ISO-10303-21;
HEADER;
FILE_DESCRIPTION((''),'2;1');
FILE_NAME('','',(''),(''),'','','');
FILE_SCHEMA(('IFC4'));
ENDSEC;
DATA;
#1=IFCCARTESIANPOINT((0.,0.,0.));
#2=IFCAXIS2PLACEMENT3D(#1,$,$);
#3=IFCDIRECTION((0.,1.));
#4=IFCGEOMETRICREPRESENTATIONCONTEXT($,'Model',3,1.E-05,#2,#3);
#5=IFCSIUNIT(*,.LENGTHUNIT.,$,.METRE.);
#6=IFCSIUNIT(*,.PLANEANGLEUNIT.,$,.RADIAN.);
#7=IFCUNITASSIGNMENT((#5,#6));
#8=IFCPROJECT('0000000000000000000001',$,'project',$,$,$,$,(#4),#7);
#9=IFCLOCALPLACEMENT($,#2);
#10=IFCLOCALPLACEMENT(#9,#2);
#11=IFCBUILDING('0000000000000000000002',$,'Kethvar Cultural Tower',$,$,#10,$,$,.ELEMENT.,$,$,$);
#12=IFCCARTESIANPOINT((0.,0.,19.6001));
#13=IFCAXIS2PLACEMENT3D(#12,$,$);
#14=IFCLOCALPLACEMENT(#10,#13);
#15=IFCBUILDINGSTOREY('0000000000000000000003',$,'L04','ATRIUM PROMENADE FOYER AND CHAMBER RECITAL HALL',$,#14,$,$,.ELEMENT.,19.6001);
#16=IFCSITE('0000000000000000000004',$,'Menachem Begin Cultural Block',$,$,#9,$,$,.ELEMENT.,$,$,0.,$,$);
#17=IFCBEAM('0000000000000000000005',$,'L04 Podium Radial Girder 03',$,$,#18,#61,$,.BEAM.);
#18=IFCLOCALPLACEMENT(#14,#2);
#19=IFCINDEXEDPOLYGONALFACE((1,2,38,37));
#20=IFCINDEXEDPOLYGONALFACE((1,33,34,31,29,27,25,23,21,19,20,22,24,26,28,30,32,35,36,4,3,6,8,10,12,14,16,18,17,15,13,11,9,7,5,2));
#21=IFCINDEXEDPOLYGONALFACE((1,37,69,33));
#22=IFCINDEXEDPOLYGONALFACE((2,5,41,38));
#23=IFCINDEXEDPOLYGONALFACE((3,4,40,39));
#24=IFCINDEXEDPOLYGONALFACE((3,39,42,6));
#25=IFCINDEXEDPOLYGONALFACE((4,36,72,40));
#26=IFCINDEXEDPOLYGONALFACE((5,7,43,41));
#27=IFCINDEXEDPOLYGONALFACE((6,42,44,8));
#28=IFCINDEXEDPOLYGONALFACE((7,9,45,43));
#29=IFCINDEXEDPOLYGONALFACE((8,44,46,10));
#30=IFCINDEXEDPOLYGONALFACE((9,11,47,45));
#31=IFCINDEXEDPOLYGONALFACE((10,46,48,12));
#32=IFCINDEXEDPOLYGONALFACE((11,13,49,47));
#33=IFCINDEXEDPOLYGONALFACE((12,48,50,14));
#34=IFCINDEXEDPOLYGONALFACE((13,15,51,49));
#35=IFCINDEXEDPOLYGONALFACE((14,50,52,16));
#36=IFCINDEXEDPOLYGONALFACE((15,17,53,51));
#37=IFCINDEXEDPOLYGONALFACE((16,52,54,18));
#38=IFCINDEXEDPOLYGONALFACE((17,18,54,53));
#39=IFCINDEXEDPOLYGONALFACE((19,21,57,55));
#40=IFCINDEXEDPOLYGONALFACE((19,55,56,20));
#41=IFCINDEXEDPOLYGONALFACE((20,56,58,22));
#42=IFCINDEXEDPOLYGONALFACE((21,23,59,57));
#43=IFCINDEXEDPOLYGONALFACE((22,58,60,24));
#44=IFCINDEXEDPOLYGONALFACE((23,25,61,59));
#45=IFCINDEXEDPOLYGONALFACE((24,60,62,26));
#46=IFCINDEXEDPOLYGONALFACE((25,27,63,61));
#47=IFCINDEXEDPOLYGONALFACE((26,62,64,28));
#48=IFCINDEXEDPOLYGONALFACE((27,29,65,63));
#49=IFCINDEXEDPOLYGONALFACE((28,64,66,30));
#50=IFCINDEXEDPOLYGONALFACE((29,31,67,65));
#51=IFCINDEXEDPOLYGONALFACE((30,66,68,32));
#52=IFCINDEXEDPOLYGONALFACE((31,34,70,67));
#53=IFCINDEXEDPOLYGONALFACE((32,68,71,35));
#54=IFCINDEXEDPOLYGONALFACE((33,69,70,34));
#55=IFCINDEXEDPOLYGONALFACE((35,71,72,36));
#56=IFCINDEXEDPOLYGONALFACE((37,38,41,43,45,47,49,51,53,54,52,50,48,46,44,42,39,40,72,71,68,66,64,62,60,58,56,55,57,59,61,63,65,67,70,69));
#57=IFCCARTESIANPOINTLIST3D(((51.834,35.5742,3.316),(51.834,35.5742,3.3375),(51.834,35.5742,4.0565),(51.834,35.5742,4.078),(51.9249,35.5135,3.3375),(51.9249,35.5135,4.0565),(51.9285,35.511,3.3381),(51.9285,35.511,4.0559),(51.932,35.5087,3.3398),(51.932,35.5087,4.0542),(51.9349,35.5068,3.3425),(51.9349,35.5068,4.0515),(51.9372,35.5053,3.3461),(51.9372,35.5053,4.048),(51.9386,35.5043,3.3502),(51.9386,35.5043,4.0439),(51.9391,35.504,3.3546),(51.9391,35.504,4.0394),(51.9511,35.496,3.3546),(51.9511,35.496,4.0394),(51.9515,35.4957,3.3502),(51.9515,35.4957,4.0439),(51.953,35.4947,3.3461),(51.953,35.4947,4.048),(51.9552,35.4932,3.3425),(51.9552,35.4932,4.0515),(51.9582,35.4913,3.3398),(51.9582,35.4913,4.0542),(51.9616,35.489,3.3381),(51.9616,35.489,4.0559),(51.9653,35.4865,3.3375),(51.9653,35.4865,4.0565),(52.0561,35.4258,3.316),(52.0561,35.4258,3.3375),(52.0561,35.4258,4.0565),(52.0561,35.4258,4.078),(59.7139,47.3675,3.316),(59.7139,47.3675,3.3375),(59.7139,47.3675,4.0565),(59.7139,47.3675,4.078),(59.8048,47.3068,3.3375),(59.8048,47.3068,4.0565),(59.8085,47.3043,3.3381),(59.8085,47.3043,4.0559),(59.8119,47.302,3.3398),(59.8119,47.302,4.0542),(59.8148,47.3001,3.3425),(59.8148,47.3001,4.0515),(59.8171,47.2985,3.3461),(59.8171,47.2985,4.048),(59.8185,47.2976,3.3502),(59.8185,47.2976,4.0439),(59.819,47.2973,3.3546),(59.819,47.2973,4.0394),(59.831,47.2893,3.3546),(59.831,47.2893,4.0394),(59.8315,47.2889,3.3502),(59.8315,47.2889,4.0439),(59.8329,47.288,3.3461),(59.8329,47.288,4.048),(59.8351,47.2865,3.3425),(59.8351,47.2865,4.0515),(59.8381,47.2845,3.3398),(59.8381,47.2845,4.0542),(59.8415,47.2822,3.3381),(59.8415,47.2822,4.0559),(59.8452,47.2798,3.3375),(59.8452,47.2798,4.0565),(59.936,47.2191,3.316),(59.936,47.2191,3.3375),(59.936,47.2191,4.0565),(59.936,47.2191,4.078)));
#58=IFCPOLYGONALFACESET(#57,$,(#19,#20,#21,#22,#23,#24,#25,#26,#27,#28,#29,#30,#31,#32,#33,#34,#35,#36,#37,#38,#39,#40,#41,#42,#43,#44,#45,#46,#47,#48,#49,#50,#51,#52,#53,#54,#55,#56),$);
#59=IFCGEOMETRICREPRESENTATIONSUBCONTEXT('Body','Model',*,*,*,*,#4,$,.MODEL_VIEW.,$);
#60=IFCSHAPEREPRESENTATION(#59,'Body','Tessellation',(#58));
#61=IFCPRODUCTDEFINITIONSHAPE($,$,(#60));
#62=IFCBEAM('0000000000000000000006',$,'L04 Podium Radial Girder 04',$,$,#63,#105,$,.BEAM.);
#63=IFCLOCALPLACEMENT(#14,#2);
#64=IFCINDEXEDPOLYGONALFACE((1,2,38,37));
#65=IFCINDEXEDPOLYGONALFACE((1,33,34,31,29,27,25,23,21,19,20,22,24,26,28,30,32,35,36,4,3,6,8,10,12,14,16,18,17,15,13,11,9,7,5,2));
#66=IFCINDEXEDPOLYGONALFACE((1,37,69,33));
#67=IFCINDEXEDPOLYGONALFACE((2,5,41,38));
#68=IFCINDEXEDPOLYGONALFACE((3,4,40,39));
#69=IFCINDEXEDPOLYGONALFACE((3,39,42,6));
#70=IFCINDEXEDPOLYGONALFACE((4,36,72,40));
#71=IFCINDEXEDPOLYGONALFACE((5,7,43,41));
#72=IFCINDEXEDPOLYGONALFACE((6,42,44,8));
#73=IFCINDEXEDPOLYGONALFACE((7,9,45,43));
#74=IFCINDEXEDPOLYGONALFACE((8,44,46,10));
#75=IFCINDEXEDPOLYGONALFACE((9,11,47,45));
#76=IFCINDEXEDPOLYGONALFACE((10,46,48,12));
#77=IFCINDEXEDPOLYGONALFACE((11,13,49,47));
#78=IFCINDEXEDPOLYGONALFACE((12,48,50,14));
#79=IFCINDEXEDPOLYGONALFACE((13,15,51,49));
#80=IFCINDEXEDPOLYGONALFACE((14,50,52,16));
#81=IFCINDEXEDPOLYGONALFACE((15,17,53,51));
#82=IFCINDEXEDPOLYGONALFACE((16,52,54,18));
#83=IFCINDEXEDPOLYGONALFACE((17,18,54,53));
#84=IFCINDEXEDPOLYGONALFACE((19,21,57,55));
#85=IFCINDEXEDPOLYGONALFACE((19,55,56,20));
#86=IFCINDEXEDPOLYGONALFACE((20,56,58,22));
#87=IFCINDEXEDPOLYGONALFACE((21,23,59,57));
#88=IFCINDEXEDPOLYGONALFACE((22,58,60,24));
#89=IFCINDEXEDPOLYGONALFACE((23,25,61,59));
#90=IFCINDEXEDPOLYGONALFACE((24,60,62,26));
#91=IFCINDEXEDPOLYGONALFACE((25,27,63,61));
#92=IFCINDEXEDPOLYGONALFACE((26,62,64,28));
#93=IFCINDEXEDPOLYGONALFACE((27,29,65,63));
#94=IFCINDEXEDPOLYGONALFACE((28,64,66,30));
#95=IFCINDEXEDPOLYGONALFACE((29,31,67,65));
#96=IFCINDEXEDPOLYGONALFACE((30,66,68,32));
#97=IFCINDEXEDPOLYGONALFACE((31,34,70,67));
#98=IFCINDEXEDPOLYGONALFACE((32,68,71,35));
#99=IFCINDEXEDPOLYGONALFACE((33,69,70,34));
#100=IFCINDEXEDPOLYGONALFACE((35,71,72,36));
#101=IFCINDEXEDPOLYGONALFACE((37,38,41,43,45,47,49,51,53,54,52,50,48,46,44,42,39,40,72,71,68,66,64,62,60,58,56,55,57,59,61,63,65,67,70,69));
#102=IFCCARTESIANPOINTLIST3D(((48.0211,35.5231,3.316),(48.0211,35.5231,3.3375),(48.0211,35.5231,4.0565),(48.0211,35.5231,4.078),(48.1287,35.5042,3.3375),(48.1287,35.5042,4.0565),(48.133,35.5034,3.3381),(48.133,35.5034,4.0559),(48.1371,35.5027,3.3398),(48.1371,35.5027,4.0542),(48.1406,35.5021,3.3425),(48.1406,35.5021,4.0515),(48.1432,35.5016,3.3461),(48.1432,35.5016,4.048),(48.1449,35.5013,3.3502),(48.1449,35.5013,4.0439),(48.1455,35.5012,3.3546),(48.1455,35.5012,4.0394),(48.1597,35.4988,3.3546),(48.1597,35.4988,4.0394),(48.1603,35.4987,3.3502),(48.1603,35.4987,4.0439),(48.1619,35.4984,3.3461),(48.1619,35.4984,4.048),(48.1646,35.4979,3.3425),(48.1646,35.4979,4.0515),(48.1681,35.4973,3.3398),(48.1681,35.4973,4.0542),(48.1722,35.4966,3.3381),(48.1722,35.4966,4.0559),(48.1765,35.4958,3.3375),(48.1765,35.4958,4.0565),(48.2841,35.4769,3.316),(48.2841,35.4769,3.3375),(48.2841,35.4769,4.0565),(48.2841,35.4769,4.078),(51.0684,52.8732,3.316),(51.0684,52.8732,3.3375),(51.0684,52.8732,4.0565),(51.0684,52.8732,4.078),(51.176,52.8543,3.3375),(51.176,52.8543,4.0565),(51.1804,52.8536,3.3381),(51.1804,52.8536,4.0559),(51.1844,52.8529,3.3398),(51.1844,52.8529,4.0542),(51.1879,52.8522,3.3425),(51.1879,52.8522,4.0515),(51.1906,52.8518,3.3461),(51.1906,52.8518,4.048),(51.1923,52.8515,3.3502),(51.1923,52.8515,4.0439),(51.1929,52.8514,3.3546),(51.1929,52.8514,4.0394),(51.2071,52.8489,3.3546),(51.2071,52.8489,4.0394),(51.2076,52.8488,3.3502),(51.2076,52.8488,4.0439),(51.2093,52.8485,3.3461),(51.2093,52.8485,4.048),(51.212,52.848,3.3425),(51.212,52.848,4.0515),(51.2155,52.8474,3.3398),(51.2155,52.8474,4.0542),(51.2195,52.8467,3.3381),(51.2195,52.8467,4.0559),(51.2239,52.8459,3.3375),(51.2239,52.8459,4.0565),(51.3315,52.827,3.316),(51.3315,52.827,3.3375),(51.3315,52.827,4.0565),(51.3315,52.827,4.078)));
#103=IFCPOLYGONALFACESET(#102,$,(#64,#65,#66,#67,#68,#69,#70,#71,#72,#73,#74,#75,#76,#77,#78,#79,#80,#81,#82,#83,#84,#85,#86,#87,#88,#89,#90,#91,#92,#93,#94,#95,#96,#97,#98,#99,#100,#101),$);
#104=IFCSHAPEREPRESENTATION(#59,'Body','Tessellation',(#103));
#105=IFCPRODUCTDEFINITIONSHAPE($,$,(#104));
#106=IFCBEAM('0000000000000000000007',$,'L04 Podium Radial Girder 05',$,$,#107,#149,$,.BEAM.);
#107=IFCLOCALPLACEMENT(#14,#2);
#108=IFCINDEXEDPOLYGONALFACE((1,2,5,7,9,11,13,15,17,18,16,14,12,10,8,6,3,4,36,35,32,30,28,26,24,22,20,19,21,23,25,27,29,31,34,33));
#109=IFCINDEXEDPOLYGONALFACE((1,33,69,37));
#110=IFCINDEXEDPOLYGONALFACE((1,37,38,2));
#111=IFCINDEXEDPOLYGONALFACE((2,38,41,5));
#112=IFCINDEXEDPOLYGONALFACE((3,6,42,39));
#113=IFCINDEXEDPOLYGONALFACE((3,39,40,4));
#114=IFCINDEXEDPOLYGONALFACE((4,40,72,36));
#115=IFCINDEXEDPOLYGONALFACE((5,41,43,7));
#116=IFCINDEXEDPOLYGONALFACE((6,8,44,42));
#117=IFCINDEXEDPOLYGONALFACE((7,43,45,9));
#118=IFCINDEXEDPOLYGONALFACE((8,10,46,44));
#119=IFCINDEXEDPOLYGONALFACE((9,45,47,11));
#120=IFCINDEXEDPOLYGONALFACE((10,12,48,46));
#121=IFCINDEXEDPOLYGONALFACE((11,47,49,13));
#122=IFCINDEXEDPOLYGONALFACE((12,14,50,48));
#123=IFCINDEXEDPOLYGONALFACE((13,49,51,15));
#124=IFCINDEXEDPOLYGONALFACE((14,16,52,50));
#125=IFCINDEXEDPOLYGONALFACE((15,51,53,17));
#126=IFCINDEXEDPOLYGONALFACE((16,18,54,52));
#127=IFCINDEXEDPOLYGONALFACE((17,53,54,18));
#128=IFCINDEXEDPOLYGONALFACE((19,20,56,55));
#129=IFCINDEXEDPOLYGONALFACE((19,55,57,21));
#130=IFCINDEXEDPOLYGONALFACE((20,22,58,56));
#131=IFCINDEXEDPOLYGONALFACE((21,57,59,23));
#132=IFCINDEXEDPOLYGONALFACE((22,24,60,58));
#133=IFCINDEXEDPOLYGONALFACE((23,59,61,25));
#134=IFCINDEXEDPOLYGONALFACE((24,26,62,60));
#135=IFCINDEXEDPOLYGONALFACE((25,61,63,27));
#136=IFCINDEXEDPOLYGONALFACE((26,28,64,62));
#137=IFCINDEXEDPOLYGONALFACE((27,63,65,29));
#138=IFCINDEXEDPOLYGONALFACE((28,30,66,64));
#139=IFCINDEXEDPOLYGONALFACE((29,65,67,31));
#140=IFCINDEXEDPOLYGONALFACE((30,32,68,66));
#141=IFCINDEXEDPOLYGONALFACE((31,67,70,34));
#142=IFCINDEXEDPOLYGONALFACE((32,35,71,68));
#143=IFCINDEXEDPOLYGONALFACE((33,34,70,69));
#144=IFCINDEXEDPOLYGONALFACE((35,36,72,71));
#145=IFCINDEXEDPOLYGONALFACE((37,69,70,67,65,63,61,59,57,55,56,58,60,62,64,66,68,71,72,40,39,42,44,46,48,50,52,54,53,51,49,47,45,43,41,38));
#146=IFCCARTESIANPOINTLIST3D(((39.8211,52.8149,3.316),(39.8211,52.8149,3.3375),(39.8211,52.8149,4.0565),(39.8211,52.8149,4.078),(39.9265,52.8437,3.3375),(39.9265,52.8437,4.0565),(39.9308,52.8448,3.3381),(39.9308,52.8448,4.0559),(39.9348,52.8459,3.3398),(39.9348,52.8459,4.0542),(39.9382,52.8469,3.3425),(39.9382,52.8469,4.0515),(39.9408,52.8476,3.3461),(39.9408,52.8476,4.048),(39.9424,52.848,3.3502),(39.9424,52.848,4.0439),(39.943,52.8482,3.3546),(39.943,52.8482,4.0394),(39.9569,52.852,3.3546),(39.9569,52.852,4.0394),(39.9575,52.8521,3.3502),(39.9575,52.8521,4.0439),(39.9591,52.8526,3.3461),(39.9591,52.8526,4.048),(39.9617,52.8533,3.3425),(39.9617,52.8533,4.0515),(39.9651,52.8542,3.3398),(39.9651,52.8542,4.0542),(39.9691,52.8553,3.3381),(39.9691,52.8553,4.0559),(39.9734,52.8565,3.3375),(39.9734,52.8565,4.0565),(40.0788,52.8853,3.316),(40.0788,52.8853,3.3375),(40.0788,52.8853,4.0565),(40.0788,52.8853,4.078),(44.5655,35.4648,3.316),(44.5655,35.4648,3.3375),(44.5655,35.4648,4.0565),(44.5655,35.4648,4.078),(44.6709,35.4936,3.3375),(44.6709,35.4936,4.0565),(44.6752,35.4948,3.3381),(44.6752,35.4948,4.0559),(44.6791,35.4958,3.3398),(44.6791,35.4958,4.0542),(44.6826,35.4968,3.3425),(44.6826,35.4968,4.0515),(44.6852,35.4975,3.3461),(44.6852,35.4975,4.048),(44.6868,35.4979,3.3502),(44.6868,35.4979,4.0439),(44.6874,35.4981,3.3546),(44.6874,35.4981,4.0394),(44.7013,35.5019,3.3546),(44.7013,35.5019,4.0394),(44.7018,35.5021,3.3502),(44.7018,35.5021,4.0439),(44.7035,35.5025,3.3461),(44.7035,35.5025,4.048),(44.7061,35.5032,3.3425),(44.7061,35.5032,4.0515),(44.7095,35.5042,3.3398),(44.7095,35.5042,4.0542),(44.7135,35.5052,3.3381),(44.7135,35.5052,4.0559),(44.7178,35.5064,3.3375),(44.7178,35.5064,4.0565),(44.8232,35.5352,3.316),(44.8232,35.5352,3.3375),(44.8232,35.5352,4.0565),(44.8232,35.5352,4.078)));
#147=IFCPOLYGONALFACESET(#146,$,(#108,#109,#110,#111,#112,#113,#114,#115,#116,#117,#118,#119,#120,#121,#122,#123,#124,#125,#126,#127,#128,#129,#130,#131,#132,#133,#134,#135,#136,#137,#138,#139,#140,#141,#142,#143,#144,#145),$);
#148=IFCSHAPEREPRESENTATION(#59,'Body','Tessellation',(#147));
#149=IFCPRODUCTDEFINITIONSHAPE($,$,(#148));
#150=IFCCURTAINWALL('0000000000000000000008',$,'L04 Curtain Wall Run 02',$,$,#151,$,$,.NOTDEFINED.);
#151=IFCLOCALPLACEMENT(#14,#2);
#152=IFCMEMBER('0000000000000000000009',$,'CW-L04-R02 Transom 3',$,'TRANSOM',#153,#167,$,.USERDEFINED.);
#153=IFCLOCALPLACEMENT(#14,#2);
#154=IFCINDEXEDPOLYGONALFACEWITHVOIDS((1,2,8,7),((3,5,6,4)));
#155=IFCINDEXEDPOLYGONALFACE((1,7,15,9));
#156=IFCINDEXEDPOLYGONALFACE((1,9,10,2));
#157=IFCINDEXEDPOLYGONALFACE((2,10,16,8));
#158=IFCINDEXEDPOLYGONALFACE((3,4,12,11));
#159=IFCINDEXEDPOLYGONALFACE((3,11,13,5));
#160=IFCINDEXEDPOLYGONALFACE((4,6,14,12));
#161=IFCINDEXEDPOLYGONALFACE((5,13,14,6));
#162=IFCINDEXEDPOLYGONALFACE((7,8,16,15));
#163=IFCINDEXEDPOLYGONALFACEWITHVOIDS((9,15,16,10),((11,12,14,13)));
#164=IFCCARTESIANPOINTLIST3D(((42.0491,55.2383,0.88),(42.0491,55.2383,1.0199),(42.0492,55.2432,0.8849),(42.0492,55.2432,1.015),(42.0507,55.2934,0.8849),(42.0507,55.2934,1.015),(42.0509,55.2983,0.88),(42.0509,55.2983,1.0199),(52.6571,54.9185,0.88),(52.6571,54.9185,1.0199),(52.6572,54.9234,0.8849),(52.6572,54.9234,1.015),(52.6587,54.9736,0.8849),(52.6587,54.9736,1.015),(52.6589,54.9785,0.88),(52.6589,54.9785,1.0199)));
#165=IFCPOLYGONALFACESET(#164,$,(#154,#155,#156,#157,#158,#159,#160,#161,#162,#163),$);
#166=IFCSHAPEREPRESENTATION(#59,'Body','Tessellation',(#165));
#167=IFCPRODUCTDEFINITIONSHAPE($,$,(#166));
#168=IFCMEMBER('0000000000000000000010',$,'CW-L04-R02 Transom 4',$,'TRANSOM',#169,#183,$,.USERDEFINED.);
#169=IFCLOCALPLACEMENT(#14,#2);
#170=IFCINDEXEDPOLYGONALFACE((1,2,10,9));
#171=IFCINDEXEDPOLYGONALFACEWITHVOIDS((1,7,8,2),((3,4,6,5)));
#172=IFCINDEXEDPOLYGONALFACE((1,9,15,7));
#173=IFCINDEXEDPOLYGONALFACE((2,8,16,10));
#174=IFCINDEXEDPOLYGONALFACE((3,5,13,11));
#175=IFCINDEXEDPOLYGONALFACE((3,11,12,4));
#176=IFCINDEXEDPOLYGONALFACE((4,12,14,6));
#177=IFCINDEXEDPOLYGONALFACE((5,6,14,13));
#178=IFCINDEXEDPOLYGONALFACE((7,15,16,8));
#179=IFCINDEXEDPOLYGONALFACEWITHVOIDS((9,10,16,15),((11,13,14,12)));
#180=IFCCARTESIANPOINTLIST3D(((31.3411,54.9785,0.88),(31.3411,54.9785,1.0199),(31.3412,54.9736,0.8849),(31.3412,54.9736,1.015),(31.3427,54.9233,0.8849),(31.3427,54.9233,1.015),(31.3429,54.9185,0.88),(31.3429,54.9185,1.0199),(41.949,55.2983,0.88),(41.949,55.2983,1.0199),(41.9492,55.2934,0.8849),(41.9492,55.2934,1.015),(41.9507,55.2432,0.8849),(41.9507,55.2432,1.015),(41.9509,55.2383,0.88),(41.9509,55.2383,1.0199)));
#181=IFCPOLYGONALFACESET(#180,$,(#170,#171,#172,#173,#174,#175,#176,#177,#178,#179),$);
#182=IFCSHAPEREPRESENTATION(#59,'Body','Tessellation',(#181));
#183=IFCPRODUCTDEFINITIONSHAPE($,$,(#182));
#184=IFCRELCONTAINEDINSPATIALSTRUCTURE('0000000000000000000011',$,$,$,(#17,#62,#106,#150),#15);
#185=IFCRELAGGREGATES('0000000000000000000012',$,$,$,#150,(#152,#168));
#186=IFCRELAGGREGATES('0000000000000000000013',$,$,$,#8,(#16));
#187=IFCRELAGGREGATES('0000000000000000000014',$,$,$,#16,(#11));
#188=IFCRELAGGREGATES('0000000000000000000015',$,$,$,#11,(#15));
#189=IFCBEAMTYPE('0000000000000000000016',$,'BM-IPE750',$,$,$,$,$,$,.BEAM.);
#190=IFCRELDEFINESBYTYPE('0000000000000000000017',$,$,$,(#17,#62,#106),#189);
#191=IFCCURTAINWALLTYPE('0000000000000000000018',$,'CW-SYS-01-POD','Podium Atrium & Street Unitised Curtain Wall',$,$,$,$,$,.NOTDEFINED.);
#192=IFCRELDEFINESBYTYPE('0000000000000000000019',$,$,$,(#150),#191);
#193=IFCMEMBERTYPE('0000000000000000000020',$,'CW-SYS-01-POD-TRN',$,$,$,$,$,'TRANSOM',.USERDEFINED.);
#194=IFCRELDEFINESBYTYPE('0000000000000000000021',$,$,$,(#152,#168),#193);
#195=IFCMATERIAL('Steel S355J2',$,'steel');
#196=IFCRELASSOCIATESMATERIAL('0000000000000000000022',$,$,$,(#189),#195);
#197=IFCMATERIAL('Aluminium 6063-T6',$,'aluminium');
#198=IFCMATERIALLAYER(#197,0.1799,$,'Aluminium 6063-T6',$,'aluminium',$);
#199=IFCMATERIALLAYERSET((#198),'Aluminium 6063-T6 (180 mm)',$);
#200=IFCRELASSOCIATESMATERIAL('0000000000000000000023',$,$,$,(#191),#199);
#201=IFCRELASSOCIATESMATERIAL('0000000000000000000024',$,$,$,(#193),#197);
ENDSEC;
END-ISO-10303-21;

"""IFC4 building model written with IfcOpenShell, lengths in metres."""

from ifc_helpers import new_model, si_unit, direction, frame, origin, origin_2d, place, context, subcontext, project, spatial, hollow_rectangle, i_section, extrude, source, transform, mapped, material, layer, layer_set, material_profile, profile_set, type_object, element, aggregate, save


model = new_model("IFC4")

# Units and contexts
model_context = context("Model", 3, precision=1e-05, world=origin(), true_north=direction((0.0, 1.0)))
body_context = subcontext(model_context, "Body", "Model", "MODEL_VIEW")
ifc_project = project(units=[si_unit("LENGTHUNIT", "METRE"), si_unit("PLANEANGLEUNIT", "RADIAN")], contexts=[model_context])

# Site, building, storey
site_placement = place(None, origin())
site = spatial("IfcSite", under=ifc_project, at=site_placement, Name="Menachem Begin Cultural Block", CompositionType="ELEMENT", RefElevation=0.0)
building_placement = place(site_placement, origin())
building = spatial("IfcBuilding", under=site, at=building_placement, Name="Kethvar Cultural Tower", CompositionType="ELEMENT")
storey_placement = place(building_placement, frame((0.0, 0.0, 19.6001)))
storey = spatial("IfcBuildingStorey", under=building, at=storey_placement, Name="L04", Description="ATRIUM PROMENADE FOYER AND CHAMBER RECITAL HALL", CompositionType="ELEMENT", Elevation=19.6001)

# Beams
ifc_material_1 = material(Name="Steel S355J2", Category="steel")
ifc_material_profile_1 = material_profile(ifc_material_1, i_section(OverallWidth=0.2671, OverallDepth=0.762, WebThickness=0.0144, FlangeThickness=0.0215, FilletRadius=0.0171, at=origin_2d()), Name="Steel S355J2 — IPE750x173")
ifc_profile_set_1 = profile_set([ifc_material_profile_1], Name="Steel S355J2 — IPE750x173")
beam_type_1 = type_object("IfcBeamType", Name="BM-IPE750", PredefinedType="BEAM", material=ifc_profile_set_1)
shared_shape_1 = source(origin(), body_context, "Body", "SweptSolid", [
    extrude(i_section(OverallWidth=0.2671, OverallDepth=0.762, WebThickness=0.0144, FlangeThickness=0.0215, FilletRadius=0.0171, at=origin_2d()), origin(), (0.0, 0.0, 1.0), 14.1836),
])
beam_1_placement = place(storey_placement, frame((51.9451, 35.5, 3.697), z_axis=(0.555566, 0.831473, 0.0), x_axis=(-0.831473, 0.555566, 0.0)))
element("IfcBeam", 1, at=beam_1_placement, inside=storey, type_object=beam_type_1, Name="L04 Podium Radial Girder 03", PredefinedType="BEAM", context=body_context, shape_type="MappedRepresentation", body=[
    mapped(shared_shape_1, transform((0.0, 0.0, 0.0), scale=1.0)),
])
shared_shape_2 = source(origin(), body_context, "Body", "SweptSolid", [
    extrude(i_section(OverallWidth=0.2671, OverallDepth=0.762, WebThickness=0.0144, FlangeThickness=0.0215, FilletRadius=0.0171, at=origin_2d()), origin(), (0.0, 0.0, 1.0), 17.6157),
])
beam_2_placement = place(storey_placement, frame((48.1526, 35.5, 3.697), z_axis=(0.172991, 0.984923, 0.0), x_axis=(-0.984923, 0.172991, 0.0)))
element("IfcBeam", 2, at=beam_2_placement, inside=storey, type_object=beam_type_1, Name="L04 Podium Radial Girder 04", PredefinedType="BEAM", context=body_context, shape_type="MappedRepresentation", body=[
    mapped(shared_shape_2, transform((0.0, 0.0, 0.0), scale=1.0)),
])
shared_shape_3 = source(origin(), body_context, "Body", "SweptSolid", [
    extrude(i_section(OverallWidth=0.2671, OverallDepth=0.762, WebThickness=0.0144, FlangeThickness=0.0215, FilletRadius=0.0171, at=origin_2d()), origin(), (0.0, 0.0, 1.0), 17.9871),
])
beam_3_placement = place(storey_placement, frame((44.6943, 35.5, 3.697), z_axis=(-0.263766, 0.964587, 0.0), x_axis=(-0.964587, -0.263766, 0.0)))
element("IfcBeam", 3, at=beam_3_placement, inside=storey, type_object=beam_type_1, Name="L04 Podium Radial Girder 05", PredefinedType="BEAM", context=body_context, shape_type="MappedRepresentation", body=[
    mapped(shared_shape_3, transform((0.0, 0.0, 0.0), scale=1.0)),
])

# Curtain wall, members
ifc_material_2 = material(Name="Aluminium 6063-T6", Category="aluminium")
ifc_layer_1 = layer(ifc_material_2, 0.1799, Name="Aluminium 6063-T6", Category="aluminium")
ifc_layer_set_1 = layer_set([ifc_layer_1], Name="Aluminium 6063-T6 (180 mm)")
curtain_wall_type = type_object("IfcCurtainWallType", Name="CW-SYS-01-POD", Description="Podium Atrium & Street Unitised Curtain Wall", PredefinedType="NOTDEFINED", material=ifc_layer_set_1)
curtain_wall_placement = place(storey_placement, origin())
curtain_wall = element("IfcCurtainWall", 4, at=curtain_wall_placement, inside=storey, type_object=curtain_wall_type, Name="L04 Curtain Wall Run 02", PredefinedType="NOTDEFINED")
ifc_material_profile_2 = material_profile(ifc_material_2, hollow_rectangle(XDim=0.0601, YDim=0.1399, WallThickness=0.0049, at=origin_2d()), Name="Aluminium 6063-T6 — RHS140x60x5")
ifc_profile_set_2 = profile_set([ifc_material_profile_2], Name="Aluminium 6063-T6 — RHS140x60x5")
member_type_1 = type_object("IfcMemberType", Name="CW-SYS-01-POD-TRN", ElementType="TRANSOM", PredefinedType="USERDEFINED", material=ifc_profile_set_2)
shared_shape_4 = source(origin(), body_context, "Body", "SweptSolid", [
    extrude(hollow_rectangle(XDim=0.0601, YDim=0.1399, WallThickness=0.0049, at=origin_2d()), origin(), (0.0, 0.0, 1.0), 10.6128),
])
member_1_placement = place(storey_placement, frame((52.658, 54.9485, 0.95), z_axis=(-0.999546, 0.030136, 0.0), x_axis=(-0.030136, -0.999546, 0.0)))
member_1 = element("IfcMember", 5, at=member_1_placement, type_object=member_type_1, Name="CW-L04-R02 Transom 3", ObjectType="TRANSOM", PredefinedType="USERDEFINED", context=body_context, shape_type="MappedRepresentation", body=[
    mapped(shared_shape_4, transform((0.0, 0.0, 0.0), scale=1.0)),
])
member_2_placement = place(storey_placement, frame((41.95, 55.2683, 0.95), z_axis=(-0.999546, -0.030136, 0.0), x_axis=(0.030136, -0.999546, 0.0)))
member_2 = element("IfcMember", 6, at=member_2_placement, type_object=member_type_1, Name="CW-L04-R02 Transom 4", ObjectType="TRANSOM", PredefinedType="USERDEFINED", context=body_context, shape_type="MappedRepresentation", body=[
    mapped(shared_shape_4, transform((0.0, 0.0, 0.0), scale=1.0)),
])
aggregate(curtain_wall, [member_1, member_2])

save(model, "model.ifc")
